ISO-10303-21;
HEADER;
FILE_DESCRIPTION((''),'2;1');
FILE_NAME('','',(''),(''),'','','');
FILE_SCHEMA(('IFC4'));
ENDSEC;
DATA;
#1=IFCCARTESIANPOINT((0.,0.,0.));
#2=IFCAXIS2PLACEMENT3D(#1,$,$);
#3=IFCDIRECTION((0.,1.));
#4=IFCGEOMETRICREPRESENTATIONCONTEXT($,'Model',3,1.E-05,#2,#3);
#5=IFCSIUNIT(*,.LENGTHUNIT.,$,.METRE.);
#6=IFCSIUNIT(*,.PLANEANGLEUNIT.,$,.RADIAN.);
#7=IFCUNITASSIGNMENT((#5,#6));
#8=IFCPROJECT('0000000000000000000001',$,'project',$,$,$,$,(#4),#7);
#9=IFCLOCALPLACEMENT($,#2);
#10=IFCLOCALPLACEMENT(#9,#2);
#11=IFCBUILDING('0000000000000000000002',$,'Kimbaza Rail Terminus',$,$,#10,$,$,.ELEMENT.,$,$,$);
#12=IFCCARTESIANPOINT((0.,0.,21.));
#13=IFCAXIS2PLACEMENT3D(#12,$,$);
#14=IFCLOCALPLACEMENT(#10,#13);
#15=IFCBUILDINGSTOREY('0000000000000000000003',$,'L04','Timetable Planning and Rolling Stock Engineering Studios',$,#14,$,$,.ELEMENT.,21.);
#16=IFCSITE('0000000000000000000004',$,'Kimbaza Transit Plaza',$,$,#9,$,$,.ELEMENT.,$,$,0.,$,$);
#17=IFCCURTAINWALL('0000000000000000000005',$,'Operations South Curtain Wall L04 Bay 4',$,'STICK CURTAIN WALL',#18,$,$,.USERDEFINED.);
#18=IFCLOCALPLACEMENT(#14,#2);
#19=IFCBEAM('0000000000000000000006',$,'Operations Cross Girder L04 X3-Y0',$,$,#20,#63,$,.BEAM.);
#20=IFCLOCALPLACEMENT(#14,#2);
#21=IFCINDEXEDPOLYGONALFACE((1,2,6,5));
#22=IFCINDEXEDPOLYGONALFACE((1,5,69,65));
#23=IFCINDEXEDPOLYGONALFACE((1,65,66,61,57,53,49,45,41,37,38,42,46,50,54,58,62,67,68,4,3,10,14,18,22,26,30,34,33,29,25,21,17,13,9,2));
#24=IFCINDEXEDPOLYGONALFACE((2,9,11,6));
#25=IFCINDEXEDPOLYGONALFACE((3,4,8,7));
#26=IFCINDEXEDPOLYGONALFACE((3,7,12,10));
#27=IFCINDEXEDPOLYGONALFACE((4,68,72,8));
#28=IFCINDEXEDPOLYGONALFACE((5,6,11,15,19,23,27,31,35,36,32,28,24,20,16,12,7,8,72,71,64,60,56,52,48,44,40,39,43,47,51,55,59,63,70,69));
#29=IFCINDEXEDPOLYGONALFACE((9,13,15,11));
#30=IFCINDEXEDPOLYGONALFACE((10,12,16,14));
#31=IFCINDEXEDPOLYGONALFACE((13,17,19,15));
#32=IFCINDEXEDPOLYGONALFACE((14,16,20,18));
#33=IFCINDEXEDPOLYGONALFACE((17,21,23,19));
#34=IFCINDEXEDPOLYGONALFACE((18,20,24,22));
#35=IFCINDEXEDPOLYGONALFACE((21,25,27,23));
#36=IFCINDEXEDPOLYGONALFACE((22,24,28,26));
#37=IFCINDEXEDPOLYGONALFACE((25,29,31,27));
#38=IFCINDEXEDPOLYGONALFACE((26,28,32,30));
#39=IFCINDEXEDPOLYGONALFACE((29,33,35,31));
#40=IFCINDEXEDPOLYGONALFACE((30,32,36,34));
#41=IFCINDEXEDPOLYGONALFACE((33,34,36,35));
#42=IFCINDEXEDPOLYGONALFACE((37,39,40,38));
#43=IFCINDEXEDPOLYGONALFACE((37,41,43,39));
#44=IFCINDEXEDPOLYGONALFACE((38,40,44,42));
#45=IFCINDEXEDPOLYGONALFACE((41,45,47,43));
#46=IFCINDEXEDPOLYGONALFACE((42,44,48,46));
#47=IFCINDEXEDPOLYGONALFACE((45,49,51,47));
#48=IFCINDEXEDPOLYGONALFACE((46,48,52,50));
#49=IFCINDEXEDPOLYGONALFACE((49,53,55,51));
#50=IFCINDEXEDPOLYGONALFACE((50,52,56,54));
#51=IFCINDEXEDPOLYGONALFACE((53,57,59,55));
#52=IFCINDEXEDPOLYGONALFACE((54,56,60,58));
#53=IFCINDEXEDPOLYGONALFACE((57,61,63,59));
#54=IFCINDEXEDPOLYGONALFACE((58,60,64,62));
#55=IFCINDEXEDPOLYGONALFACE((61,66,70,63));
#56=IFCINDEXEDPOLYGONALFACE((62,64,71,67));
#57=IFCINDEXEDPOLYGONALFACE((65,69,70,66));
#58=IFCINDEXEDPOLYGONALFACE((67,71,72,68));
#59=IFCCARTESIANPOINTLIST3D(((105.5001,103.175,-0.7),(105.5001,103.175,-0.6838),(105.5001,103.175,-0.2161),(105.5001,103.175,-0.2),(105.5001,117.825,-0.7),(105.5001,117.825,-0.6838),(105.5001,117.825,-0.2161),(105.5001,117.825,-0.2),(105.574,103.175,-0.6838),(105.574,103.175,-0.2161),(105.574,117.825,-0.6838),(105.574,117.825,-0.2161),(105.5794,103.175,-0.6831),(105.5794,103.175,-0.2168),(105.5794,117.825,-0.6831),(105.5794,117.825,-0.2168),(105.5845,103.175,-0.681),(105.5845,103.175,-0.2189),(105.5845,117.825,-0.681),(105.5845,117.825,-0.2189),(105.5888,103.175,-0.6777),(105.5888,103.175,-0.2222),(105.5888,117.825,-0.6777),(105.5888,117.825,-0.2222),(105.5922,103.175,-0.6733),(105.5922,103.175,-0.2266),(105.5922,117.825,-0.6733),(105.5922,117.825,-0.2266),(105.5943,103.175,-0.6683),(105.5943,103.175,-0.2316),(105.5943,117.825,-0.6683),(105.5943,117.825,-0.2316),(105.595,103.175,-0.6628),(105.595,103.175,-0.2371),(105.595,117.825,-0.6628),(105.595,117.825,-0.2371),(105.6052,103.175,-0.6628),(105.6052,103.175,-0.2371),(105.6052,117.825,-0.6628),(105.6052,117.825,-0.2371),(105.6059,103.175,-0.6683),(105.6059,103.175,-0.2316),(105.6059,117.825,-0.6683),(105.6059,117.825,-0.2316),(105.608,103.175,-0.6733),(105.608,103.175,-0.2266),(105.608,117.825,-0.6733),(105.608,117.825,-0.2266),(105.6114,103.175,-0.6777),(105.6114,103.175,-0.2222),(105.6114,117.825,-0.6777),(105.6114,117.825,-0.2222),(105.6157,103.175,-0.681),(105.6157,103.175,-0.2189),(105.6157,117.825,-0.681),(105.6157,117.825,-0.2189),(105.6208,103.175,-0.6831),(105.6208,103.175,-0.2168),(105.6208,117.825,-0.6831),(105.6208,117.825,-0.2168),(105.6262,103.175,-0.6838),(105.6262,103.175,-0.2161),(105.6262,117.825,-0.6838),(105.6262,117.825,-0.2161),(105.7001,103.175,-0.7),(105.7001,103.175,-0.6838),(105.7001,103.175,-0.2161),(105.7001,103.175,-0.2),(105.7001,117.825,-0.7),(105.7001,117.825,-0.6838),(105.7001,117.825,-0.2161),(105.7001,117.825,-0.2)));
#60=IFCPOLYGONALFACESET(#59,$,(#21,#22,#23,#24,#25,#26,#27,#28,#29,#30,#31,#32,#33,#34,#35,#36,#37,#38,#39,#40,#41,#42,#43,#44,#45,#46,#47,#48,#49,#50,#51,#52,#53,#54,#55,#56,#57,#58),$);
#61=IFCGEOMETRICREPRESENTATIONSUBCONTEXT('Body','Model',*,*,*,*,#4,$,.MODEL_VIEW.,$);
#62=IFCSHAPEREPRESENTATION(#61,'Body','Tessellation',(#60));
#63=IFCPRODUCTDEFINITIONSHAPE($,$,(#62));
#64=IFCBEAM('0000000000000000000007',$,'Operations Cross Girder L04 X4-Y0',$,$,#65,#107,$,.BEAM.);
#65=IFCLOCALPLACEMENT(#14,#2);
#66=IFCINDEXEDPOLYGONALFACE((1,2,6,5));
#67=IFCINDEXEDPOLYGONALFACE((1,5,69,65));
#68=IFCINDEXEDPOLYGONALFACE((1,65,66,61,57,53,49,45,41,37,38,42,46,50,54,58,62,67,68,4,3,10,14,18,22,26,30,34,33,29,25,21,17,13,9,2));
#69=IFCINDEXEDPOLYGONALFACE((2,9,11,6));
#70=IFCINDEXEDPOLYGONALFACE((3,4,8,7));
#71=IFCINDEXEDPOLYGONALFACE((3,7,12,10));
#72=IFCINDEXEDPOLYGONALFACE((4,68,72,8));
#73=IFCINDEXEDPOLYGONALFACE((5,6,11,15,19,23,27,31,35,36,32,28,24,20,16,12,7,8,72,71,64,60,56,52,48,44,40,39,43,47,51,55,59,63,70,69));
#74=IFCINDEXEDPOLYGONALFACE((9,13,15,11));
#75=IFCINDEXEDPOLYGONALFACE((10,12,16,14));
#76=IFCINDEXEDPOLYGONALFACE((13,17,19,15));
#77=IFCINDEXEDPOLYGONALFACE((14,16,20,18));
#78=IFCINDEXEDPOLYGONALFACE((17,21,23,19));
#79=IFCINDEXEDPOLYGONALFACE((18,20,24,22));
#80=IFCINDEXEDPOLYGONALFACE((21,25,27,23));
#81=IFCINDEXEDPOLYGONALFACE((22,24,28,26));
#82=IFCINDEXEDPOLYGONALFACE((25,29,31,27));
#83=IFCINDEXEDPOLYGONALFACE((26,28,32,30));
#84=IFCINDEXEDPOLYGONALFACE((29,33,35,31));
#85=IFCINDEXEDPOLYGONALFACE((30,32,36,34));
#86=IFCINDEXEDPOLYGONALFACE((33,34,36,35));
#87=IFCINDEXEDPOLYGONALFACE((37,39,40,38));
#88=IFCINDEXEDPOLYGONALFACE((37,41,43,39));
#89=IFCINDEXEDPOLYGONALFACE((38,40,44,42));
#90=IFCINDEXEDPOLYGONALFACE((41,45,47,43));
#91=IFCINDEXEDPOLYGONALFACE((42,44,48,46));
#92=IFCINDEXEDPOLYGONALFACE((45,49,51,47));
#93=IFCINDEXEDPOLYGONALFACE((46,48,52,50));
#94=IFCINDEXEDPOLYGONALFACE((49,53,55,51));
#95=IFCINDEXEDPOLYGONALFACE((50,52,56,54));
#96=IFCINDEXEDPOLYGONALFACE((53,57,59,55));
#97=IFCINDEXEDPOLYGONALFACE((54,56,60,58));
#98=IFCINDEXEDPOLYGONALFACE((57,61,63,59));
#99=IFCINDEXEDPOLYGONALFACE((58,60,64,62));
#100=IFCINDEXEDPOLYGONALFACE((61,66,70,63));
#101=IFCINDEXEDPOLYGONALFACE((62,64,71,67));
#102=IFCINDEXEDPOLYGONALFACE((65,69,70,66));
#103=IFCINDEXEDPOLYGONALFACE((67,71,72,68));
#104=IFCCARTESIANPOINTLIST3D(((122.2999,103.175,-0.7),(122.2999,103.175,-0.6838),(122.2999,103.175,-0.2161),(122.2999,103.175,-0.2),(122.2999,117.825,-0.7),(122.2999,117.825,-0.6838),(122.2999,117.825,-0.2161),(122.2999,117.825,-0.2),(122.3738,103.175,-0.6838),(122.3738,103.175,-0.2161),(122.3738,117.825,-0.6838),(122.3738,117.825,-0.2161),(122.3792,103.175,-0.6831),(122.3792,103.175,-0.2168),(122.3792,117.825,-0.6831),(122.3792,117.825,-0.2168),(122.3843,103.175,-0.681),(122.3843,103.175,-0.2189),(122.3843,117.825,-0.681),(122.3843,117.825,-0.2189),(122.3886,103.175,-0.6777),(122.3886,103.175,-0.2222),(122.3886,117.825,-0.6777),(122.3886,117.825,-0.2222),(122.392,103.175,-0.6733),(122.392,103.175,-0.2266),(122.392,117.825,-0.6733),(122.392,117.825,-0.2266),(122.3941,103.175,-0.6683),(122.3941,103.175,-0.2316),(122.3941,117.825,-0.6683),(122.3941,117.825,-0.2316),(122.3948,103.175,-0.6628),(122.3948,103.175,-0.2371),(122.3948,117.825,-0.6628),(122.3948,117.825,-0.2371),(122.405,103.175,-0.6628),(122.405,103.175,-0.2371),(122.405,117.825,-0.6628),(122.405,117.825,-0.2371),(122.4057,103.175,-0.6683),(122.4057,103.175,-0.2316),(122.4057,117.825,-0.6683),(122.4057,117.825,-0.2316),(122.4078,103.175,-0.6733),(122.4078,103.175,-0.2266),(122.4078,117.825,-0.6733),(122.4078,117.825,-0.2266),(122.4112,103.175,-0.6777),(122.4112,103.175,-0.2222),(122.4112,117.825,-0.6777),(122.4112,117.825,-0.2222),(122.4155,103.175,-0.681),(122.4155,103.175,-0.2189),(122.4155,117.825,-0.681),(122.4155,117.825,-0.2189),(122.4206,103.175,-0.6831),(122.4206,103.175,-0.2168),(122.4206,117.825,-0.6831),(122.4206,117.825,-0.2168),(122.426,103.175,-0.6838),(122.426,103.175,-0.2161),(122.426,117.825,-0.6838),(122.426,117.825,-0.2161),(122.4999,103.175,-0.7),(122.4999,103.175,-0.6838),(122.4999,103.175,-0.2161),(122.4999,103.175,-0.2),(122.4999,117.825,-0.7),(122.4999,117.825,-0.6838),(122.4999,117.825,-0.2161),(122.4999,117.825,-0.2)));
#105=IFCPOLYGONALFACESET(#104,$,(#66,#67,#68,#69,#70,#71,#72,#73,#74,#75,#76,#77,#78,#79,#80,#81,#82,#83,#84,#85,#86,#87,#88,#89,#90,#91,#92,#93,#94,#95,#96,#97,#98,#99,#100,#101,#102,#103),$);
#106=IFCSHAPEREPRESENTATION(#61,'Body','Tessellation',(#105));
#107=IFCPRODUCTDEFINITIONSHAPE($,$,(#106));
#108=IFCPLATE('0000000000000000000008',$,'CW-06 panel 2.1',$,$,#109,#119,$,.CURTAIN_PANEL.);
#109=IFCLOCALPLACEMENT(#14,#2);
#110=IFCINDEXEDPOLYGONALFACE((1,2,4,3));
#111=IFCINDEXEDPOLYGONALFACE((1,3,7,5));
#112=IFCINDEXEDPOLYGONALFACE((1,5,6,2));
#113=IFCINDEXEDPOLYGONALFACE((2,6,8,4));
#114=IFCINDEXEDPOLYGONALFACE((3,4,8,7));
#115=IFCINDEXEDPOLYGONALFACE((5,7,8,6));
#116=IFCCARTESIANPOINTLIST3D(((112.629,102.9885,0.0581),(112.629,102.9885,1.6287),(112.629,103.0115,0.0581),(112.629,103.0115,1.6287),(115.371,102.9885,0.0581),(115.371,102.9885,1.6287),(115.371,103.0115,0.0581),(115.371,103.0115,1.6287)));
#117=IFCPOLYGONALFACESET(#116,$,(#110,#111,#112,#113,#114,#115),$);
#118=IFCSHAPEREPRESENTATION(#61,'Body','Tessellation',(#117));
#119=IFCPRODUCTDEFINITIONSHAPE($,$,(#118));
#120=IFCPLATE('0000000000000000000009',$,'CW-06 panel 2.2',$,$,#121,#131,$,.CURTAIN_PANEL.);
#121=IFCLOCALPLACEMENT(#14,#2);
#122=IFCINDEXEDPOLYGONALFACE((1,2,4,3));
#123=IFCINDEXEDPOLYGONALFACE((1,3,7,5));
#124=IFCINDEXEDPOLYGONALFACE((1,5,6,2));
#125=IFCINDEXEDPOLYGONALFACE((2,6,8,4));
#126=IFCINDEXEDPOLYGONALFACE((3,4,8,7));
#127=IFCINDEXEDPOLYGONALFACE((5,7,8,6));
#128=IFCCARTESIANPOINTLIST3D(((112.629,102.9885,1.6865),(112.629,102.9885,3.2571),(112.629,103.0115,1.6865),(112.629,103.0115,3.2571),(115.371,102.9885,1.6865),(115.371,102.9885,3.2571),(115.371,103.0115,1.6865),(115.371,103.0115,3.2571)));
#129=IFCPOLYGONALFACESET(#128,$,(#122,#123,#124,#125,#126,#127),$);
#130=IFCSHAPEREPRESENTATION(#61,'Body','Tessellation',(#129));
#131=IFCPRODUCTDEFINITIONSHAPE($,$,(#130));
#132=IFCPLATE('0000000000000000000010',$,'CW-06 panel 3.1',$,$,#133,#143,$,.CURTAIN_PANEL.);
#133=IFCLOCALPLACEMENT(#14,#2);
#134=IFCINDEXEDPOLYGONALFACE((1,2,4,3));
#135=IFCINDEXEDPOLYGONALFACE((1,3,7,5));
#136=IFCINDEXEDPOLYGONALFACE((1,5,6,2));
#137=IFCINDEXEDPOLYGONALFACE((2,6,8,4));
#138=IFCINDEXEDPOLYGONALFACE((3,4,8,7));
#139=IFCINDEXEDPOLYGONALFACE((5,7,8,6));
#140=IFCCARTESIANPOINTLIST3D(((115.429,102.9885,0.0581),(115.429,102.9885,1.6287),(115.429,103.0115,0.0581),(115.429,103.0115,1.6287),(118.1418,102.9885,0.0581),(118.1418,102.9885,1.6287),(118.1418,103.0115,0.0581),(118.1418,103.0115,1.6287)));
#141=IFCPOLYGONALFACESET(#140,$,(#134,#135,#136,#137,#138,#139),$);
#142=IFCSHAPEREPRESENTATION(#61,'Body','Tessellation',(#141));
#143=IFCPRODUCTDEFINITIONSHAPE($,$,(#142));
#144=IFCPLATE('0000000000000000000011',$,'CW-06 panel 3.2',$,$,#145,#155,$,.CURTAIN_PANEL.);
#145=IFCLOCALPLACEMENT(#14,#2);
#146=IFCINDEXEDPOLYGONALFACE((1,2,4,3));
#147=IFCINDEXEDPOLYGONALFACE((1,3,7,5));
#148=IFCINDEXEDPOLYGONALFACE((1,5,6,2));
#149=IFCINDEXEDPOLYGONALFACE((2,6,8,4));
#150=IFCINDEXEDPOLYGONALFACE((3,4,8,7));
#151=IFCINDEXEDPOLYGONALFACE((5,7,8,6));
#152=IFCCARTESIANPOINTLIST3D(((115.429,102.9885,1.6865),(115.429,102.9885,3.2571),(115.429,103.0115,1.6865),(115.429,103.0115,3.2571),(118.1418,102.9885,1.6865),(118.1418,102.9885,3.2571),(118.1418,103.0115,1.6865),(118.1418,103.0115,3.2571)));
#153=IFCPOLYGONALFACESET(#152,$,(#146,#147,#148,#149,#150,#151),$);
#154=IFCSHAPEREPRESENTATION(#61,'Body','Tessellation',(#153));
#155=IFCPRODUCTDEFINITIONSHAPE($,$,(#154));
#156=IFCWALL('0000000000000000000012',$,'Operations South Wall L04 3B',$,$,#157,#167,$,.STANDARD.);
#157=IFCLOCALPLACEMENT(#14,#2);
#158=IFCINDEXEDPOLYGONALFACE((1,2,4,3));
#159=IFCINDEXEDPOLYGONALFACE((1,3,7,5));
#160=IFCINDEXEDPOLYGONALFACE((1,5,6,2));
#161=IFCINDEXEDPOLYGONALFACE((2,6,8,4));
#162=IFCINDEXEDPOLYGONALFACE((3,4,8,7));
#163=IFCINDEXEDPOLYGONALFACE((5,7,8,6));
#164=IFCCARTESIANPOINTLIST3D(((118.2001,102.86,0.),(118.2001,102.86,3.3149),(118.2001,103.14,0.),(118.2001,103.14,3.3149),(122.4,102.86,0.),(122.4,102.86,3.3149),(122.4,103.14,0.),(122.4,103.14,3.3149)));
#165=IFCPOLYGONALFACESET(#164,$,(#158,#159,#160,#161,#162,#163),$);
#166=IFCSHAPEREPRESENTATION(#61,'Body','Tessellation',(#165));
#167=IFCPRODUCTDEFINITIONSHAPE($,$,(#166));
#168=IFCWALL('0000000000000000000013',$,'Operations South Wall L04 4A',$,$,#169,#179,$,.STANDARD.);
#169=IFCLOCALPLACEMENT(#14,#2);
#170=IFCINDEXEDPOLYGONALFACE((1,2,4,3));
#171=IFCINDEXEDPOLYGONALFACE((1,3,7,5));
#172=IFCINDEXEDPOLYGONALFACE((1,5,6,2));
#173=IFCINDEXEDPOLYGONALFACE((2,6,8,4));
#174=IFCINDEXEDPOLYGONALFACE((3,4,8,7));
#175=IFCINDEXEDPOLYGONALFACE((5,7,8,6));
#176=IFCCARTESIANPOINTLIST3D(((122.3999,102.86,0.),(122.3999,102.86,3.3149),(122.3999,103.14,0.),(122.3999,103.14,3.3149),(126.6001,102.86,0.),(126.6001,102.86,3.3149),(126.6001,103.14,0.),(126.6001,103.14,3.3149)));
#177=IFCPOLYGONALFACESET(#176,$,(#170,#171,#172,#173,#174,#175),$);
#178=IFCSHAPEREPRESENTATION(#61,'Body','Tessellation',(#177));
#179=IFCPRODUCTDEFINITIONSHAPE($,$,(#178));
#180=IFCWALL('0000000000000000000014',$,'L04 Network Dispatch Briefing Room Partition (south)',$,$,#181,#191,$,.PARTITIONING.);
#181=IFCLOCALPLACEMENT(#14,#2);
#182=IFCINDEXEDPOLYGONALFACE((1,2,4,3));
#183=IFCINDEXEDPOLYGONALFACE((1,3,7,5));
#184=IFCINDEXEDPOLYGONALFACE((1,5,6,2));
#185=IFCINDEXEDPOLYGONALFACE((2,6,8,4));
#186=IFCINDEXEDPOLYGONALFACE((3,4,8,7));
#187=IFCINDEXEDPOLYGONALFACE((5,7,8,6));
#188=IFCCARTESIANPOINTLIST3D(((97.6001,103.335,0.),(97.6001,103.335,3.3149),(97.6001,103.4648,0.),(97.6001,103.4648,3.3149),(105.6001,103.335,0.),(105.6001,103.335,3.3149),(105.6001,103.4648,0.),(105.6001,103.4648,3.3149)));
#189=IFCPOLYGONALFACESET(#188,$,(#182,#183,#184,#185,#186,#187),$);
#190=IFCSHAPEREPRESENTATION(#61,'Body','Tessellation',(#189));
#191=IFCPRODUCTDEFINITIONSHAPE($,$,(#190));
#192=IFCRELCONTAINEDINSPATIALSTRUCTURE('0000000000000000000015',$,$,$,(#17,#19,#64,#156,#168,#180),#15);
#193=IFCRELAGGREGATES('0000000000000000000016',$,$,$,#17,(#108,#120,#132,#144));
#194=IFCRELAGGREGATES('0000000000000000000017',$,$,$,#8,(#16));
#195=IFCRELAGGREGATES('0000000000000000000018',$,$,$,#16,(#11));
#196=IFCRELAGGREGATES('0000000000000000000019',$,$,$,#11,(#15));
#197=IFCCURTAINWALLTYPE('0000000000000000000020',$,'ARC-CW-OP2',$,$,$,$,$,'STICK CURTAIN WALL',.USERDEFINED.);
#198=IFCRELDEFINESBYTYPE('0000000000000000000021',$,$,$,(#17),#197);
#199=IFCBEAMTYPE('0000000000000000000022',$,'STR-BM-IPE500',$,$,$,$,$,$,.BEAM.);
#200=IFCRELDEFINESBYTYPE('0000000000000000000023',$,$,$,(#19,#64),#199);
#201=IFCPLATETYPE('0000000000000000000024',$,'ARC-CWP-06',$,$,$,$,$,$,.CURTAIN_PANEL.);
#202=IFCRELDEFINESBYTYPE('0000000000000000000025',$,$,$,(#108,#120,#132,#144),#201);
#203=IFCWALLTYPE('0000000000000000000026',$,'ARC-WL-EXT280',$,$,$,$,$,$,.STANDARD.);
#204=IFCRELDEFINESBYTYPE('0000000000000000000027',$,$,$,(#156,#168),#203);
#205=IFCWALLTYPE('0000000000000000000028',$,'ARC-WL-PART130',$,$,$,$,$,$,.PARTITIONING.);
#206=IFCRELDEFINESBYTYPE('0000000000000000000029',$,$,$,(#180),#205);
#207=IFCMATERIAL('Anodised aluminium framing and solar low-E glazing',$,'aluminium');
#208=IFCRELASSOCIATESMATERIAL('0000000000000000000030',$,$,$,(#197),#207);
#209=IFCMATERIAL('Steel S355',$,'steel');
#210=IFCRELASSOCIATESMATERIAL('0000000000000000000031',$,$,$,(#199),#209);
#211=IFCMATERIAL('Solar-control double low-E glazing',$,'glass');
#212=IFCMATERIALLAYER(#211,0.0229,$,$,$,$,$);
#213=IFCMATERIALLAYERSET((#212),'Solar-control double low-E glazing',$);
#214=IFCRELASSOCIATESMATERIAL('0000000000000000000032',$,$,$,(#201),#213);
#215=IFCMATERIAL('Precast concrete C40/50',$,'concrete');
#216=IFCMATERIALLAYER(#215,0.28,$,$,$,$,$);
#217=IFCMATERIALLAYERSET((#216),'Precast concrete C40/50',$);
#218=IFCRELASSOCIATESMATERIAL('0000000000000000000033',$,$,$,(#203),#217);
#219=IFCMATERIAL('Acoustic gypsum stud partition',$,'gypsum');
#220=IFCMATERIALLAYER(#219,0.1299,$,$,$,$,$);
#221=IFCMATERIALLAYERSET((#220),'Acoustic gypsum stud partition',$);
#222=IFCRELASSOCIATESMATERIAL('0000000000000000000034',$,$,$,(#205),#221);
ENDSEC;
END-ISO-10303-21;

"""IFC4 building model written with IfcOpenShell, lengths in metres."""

from ifc_helpers import new_model, si_unit, direction, frame, frame_2d, origin, origin_2d, place, context, subcontext, project, spatial, rectangle, i_section, extrude, material, layer, layer_set, material_profile, profile_set, type_object, element, aggregate, save


model = new_model("IFC4")

# Units and contexts
model_context = context("Model", 3, precision=1e-05, world=origin(), true_north=direction((0.0, 1.0)))
body_context = subcontext(model_context, "Body", "Model", "MODEL_VIEW")
ifc_project = project(units=[si_unit("LENGTHUNIT", "METRE"), si_unit("PLANEANGLEUNIT", "RADIAN")], contexts=[model_context])

# Site, building, storey
site_placement = place(None, origin())
site = spatial("IfcSite", under=ifc_project, at=site_placement, Name="Kimbaza Transit Plaza", CompositionType="ELEMENT", RefElevation=0.0)
building_placement = place(site_placement, origin())
building = spatial("IfcBuilding", under=site, at=building_placement, Name="Kimbaza Rail Terminus", CompositionType="ELEMENT")
storey_placement = place(building_placement, frame((0.0, 0.0, 21.0)))
storey = spatial("IfcBuildingStorey", under=building, at=storey_placement, Name="L04", Description="Timetable Planning and Rolling Stock Engineering Studios", CompositionType="ELEMENT", Elevation=21.0)

# Curtain wall
ifc_material_1 = material(Name="Anodised aluminium framing and solar low-E glazing", Category="aluminium")
curtain_wall_type = type_object("IfcCurtainWallType", Name="ARC-CW-OP2", ElementType="STICK CURTAIN WALL", PredefinedType="USERDEFINED", material=ifc_material_1)
curtain_wall_placement = place(storey_placement, origin())
curtain_wall = element("IfcCurtainWall", 1, at=curtain_wall_placement, inside=storey, type_object=curtain_wall_type, Name="Operations South Curtain Wall L04 Bay 4", ObjectType="STICK CURTAIN WALL", PredefinedType="USERDEFINED")

# Beams
ifc_material_2 = material(Name="Steel S355", Category="steel")
ifc_material_profile_1 = material_profile(ifc_material_2, i_section(OverallWidth=0.2, OverallDepth=0.5, WebThickness=0.0103, FlangeThickness=0.0161, FilletRadius=0.021, at=origin_2d()), Name="IPE 500")
ifc_profile_set_1 = profile_set([ifc_material_profile_1], Name="Steel S355")
beam_type_1 = type_object("IfcBeamType", Name="STR-BM-IPE500", PredefinedType="BEAM", material=ifc_profile_set_1)
for number, where, z_axis, x_axis, name in (
    (2, (105.6001, 103.175, -0.45), (0.0, 1.0, 0.0), (-1.0, 0.0, 0.0), "Operations Cross Girder L04 X3-Y0"),
    (3, (122.3999, 103.175, -0.45), (0.0, 1.0, 0.0), (-1.0, 0.0, 0.0), "Operations Cross Girder L04 X4-Y0"),
):
    element("IfcBeam", number, at=place(storey_placement, frame(where, z_axis=z_axis, x_axis=x_axis)), inside=storey, type_object=beam_type_1, Name=name, PredefinedType="BEAM", context=body_context, shape_type="SweptSolid", body=[
        extrude(i_section(OverallWidth=0.2, OverallDepth=0.5, WebThickness=0.0103, FlangeThickness=0.0161, FilletRadius=0.021, at=origin_2d()), origin(), (0.0, 0.0, 1.0), 14.6499),
    ])

# Plates
ifc_material_3 = material(Name="Solar-control double low-E glazing", Category="glass")
ifc_layer_1 = layer(ifc_material_3, 0.0229)
ifc_layer_set_1 = layer_set([ifc_layer_1], Name="Solar-control double low-E glazing")
plate_type = type_object("IfcPlateType", Name="ARC-CWP-06", PredefinedType="CURTAIN_PANEL", material=ifc_layer_set_1)
plate_1_placement = place(storey_placement, frame((114.0, 103.0, 0.0581), z_axis=(0.0, 0.0, 1.0), x_axis=(1.0, 0.0, 0.0)))
plate_1 = element("IfcPlate", 4, at=plate_1_placement, type_object=plate_type, Name="CW-06 panel 2.1", PredefinedType="CURTAIN_PANEL", context=body_context, shape_type="SweptSolid", body=[
    extrude(rectangle(XDim=2.7419, YDim=0.0229, at=origin_2d()), origin(), (0.0, 0.0, 1.0), 1.5706),
])
plate_2_placement = place(storey_placement, frame((114.0, 103.0, 1.6865), z_axis=(0.0, 0.0, 1.0), x_axis=(1.0, 0.0, 0.0)))
plate_2 = element("IfcPlate", 5, at=plate_2_placement, type_object=plate_type, Name="CW-06 panel 2.2", PredefinedType="CURTAIN_PANEL", context=body_context, shape_type="SweptSolid", body=[
    extrude(rectangle(XDim=2.7419, YDim=0.0229, at=origin_2d()), origin(), (0.0, 0.0, 1.0), 1.5706),
])
plate_3_placement = place(storey_placement, frame((116.7854, 103.0, 0.0581), z_axis=(0.0, 0.0, 1.0), x_axis=(1.0, 0.0, 0.0)))
plate_3 = element("IfcPlate", 6, at=plate_3_placement, type_object=plate_type, Name="CW-06 panel 3.1", PredefinedType="CURTAIN_PANEL", context=body_context, shape_type="SweptSolid", body=[
    extrude(rectangle(XDim=2.7129, YDim=0.0229, at=origin_2d()), origin(), (0.0, 0.0, 1.0), 1.5706),
])
plate_4_placement = place(storey_placement, frame((116.7854, 103.0, 1.6865), z_axis=(0.0, 0.0, 1.0), x_axis=(1.0, 0.0, 0.0)))
plate_4 = element("IfcPlate", 7, at=plate_4_placement, type_object=plate_type, Name="CW-06 panel 3.2", PredefinedType="CURTAIN_PANEL", context=body_context, shape_type="SweptSolid", body=[
    extrude(rectangle(XDim=2.7129, YDim=0.0229, at=origin_2d()), origin(), (0.0, 0.0, 1.0), 1.5706),
])
aggregate(curtain_wall, [plate_1, plate_2, plate_3, plate_4])

# Walls
ifc_material_4 = material(Name="Precast concrete C40/50", Category="concrete")
ifc_layer_2 = layer(ifc_material_4, 0.28)
ifc_layer_set_2 = layer_set([ifc_layer_2], Name="Precast concrete C40/50")
wall_type_1 = type_object("IfcWallType", Name="ARC-WL-EXT280", PredefinedType="STANDARD", material=ifc_layer_set_2)
wall_1_placement = place(storey_placement, frame((118.2, 103.0, 0.0), z_axis=(0.0, 0.0, 1.0), x_axis=(1.0, 0.0, 0.0)))
element("IfcWall", 8, at=wall_1_placement, inside=storey, type_object=wall_type_1, Name="Operations South Wall L04 3B", PredefinedType="STANDARD", context=body_context, shape_type="SweptSolid", body=[
    extrude(rectangle(XDim=4.2, YDim=0.28, at=frame_2d((2.1001, 0.0))), origin(), (0.0, 0.0, 1.0), 3.3149),
])
wall_2_placement = place(storey_placement, frame((122.3999, 103.0, 0.0), z_axis=(0.0, 0.0, 1.0), x_axis=(1.0, 0.0, 0.0)))
element("IfcWall", 9, at=wall_2_placement, inside=storey, type_object=wall_type_1, Name="Operations South Wall L04 4A", PredefinedType="STANDARD", context=body_context, shape_type="SweptSolid", body=[
    extrude(rectangle(XDim=4.2002, YDim=0.28, at=frame_2d((2.1001, 0.0))), origin(), (0.0, 0.0, 1.0), 3.3149),
])
ifc_material_5 = material(Name="Acoustic gypsum stud partition", Category="gypsum")
ifc_layer_3 = layer(ifc_material_5, 0.1299)
ifc_layer_set_3 = layer_set([ifc_layer_3], Name="Acoustic gypsum stud partition")
wall_type_2 = type_object("IfcWallType", Name="ARC-WL-PART130", PredefinedType="PARTITIONING", material=ifc_layer_set_3)
wall_3_placement = place(storey_placement, frame((97.6001, 103.3999, 0.0), z_axis=(0.0, 0.0, 1.0), x_axis=(1.0, 0.0, 0.0)))
element("IfcWall", 10, at=wall_3_placement, inside=storey, type_object=wall_type_2, Name="L04 Network Dispatch Briefing Room Partition (south)", PredefinedType="PARTITIONING", context=body_context, shape_type="SweptSolid", body=[
    extrude(rectangle(XDim=8.0, YDim=0.1299, at=frame_2d((4.0, 0.0))), origin(), (0.0, 0.0, 1.0), 3.3149),
])

save(model, "model.ifc")
